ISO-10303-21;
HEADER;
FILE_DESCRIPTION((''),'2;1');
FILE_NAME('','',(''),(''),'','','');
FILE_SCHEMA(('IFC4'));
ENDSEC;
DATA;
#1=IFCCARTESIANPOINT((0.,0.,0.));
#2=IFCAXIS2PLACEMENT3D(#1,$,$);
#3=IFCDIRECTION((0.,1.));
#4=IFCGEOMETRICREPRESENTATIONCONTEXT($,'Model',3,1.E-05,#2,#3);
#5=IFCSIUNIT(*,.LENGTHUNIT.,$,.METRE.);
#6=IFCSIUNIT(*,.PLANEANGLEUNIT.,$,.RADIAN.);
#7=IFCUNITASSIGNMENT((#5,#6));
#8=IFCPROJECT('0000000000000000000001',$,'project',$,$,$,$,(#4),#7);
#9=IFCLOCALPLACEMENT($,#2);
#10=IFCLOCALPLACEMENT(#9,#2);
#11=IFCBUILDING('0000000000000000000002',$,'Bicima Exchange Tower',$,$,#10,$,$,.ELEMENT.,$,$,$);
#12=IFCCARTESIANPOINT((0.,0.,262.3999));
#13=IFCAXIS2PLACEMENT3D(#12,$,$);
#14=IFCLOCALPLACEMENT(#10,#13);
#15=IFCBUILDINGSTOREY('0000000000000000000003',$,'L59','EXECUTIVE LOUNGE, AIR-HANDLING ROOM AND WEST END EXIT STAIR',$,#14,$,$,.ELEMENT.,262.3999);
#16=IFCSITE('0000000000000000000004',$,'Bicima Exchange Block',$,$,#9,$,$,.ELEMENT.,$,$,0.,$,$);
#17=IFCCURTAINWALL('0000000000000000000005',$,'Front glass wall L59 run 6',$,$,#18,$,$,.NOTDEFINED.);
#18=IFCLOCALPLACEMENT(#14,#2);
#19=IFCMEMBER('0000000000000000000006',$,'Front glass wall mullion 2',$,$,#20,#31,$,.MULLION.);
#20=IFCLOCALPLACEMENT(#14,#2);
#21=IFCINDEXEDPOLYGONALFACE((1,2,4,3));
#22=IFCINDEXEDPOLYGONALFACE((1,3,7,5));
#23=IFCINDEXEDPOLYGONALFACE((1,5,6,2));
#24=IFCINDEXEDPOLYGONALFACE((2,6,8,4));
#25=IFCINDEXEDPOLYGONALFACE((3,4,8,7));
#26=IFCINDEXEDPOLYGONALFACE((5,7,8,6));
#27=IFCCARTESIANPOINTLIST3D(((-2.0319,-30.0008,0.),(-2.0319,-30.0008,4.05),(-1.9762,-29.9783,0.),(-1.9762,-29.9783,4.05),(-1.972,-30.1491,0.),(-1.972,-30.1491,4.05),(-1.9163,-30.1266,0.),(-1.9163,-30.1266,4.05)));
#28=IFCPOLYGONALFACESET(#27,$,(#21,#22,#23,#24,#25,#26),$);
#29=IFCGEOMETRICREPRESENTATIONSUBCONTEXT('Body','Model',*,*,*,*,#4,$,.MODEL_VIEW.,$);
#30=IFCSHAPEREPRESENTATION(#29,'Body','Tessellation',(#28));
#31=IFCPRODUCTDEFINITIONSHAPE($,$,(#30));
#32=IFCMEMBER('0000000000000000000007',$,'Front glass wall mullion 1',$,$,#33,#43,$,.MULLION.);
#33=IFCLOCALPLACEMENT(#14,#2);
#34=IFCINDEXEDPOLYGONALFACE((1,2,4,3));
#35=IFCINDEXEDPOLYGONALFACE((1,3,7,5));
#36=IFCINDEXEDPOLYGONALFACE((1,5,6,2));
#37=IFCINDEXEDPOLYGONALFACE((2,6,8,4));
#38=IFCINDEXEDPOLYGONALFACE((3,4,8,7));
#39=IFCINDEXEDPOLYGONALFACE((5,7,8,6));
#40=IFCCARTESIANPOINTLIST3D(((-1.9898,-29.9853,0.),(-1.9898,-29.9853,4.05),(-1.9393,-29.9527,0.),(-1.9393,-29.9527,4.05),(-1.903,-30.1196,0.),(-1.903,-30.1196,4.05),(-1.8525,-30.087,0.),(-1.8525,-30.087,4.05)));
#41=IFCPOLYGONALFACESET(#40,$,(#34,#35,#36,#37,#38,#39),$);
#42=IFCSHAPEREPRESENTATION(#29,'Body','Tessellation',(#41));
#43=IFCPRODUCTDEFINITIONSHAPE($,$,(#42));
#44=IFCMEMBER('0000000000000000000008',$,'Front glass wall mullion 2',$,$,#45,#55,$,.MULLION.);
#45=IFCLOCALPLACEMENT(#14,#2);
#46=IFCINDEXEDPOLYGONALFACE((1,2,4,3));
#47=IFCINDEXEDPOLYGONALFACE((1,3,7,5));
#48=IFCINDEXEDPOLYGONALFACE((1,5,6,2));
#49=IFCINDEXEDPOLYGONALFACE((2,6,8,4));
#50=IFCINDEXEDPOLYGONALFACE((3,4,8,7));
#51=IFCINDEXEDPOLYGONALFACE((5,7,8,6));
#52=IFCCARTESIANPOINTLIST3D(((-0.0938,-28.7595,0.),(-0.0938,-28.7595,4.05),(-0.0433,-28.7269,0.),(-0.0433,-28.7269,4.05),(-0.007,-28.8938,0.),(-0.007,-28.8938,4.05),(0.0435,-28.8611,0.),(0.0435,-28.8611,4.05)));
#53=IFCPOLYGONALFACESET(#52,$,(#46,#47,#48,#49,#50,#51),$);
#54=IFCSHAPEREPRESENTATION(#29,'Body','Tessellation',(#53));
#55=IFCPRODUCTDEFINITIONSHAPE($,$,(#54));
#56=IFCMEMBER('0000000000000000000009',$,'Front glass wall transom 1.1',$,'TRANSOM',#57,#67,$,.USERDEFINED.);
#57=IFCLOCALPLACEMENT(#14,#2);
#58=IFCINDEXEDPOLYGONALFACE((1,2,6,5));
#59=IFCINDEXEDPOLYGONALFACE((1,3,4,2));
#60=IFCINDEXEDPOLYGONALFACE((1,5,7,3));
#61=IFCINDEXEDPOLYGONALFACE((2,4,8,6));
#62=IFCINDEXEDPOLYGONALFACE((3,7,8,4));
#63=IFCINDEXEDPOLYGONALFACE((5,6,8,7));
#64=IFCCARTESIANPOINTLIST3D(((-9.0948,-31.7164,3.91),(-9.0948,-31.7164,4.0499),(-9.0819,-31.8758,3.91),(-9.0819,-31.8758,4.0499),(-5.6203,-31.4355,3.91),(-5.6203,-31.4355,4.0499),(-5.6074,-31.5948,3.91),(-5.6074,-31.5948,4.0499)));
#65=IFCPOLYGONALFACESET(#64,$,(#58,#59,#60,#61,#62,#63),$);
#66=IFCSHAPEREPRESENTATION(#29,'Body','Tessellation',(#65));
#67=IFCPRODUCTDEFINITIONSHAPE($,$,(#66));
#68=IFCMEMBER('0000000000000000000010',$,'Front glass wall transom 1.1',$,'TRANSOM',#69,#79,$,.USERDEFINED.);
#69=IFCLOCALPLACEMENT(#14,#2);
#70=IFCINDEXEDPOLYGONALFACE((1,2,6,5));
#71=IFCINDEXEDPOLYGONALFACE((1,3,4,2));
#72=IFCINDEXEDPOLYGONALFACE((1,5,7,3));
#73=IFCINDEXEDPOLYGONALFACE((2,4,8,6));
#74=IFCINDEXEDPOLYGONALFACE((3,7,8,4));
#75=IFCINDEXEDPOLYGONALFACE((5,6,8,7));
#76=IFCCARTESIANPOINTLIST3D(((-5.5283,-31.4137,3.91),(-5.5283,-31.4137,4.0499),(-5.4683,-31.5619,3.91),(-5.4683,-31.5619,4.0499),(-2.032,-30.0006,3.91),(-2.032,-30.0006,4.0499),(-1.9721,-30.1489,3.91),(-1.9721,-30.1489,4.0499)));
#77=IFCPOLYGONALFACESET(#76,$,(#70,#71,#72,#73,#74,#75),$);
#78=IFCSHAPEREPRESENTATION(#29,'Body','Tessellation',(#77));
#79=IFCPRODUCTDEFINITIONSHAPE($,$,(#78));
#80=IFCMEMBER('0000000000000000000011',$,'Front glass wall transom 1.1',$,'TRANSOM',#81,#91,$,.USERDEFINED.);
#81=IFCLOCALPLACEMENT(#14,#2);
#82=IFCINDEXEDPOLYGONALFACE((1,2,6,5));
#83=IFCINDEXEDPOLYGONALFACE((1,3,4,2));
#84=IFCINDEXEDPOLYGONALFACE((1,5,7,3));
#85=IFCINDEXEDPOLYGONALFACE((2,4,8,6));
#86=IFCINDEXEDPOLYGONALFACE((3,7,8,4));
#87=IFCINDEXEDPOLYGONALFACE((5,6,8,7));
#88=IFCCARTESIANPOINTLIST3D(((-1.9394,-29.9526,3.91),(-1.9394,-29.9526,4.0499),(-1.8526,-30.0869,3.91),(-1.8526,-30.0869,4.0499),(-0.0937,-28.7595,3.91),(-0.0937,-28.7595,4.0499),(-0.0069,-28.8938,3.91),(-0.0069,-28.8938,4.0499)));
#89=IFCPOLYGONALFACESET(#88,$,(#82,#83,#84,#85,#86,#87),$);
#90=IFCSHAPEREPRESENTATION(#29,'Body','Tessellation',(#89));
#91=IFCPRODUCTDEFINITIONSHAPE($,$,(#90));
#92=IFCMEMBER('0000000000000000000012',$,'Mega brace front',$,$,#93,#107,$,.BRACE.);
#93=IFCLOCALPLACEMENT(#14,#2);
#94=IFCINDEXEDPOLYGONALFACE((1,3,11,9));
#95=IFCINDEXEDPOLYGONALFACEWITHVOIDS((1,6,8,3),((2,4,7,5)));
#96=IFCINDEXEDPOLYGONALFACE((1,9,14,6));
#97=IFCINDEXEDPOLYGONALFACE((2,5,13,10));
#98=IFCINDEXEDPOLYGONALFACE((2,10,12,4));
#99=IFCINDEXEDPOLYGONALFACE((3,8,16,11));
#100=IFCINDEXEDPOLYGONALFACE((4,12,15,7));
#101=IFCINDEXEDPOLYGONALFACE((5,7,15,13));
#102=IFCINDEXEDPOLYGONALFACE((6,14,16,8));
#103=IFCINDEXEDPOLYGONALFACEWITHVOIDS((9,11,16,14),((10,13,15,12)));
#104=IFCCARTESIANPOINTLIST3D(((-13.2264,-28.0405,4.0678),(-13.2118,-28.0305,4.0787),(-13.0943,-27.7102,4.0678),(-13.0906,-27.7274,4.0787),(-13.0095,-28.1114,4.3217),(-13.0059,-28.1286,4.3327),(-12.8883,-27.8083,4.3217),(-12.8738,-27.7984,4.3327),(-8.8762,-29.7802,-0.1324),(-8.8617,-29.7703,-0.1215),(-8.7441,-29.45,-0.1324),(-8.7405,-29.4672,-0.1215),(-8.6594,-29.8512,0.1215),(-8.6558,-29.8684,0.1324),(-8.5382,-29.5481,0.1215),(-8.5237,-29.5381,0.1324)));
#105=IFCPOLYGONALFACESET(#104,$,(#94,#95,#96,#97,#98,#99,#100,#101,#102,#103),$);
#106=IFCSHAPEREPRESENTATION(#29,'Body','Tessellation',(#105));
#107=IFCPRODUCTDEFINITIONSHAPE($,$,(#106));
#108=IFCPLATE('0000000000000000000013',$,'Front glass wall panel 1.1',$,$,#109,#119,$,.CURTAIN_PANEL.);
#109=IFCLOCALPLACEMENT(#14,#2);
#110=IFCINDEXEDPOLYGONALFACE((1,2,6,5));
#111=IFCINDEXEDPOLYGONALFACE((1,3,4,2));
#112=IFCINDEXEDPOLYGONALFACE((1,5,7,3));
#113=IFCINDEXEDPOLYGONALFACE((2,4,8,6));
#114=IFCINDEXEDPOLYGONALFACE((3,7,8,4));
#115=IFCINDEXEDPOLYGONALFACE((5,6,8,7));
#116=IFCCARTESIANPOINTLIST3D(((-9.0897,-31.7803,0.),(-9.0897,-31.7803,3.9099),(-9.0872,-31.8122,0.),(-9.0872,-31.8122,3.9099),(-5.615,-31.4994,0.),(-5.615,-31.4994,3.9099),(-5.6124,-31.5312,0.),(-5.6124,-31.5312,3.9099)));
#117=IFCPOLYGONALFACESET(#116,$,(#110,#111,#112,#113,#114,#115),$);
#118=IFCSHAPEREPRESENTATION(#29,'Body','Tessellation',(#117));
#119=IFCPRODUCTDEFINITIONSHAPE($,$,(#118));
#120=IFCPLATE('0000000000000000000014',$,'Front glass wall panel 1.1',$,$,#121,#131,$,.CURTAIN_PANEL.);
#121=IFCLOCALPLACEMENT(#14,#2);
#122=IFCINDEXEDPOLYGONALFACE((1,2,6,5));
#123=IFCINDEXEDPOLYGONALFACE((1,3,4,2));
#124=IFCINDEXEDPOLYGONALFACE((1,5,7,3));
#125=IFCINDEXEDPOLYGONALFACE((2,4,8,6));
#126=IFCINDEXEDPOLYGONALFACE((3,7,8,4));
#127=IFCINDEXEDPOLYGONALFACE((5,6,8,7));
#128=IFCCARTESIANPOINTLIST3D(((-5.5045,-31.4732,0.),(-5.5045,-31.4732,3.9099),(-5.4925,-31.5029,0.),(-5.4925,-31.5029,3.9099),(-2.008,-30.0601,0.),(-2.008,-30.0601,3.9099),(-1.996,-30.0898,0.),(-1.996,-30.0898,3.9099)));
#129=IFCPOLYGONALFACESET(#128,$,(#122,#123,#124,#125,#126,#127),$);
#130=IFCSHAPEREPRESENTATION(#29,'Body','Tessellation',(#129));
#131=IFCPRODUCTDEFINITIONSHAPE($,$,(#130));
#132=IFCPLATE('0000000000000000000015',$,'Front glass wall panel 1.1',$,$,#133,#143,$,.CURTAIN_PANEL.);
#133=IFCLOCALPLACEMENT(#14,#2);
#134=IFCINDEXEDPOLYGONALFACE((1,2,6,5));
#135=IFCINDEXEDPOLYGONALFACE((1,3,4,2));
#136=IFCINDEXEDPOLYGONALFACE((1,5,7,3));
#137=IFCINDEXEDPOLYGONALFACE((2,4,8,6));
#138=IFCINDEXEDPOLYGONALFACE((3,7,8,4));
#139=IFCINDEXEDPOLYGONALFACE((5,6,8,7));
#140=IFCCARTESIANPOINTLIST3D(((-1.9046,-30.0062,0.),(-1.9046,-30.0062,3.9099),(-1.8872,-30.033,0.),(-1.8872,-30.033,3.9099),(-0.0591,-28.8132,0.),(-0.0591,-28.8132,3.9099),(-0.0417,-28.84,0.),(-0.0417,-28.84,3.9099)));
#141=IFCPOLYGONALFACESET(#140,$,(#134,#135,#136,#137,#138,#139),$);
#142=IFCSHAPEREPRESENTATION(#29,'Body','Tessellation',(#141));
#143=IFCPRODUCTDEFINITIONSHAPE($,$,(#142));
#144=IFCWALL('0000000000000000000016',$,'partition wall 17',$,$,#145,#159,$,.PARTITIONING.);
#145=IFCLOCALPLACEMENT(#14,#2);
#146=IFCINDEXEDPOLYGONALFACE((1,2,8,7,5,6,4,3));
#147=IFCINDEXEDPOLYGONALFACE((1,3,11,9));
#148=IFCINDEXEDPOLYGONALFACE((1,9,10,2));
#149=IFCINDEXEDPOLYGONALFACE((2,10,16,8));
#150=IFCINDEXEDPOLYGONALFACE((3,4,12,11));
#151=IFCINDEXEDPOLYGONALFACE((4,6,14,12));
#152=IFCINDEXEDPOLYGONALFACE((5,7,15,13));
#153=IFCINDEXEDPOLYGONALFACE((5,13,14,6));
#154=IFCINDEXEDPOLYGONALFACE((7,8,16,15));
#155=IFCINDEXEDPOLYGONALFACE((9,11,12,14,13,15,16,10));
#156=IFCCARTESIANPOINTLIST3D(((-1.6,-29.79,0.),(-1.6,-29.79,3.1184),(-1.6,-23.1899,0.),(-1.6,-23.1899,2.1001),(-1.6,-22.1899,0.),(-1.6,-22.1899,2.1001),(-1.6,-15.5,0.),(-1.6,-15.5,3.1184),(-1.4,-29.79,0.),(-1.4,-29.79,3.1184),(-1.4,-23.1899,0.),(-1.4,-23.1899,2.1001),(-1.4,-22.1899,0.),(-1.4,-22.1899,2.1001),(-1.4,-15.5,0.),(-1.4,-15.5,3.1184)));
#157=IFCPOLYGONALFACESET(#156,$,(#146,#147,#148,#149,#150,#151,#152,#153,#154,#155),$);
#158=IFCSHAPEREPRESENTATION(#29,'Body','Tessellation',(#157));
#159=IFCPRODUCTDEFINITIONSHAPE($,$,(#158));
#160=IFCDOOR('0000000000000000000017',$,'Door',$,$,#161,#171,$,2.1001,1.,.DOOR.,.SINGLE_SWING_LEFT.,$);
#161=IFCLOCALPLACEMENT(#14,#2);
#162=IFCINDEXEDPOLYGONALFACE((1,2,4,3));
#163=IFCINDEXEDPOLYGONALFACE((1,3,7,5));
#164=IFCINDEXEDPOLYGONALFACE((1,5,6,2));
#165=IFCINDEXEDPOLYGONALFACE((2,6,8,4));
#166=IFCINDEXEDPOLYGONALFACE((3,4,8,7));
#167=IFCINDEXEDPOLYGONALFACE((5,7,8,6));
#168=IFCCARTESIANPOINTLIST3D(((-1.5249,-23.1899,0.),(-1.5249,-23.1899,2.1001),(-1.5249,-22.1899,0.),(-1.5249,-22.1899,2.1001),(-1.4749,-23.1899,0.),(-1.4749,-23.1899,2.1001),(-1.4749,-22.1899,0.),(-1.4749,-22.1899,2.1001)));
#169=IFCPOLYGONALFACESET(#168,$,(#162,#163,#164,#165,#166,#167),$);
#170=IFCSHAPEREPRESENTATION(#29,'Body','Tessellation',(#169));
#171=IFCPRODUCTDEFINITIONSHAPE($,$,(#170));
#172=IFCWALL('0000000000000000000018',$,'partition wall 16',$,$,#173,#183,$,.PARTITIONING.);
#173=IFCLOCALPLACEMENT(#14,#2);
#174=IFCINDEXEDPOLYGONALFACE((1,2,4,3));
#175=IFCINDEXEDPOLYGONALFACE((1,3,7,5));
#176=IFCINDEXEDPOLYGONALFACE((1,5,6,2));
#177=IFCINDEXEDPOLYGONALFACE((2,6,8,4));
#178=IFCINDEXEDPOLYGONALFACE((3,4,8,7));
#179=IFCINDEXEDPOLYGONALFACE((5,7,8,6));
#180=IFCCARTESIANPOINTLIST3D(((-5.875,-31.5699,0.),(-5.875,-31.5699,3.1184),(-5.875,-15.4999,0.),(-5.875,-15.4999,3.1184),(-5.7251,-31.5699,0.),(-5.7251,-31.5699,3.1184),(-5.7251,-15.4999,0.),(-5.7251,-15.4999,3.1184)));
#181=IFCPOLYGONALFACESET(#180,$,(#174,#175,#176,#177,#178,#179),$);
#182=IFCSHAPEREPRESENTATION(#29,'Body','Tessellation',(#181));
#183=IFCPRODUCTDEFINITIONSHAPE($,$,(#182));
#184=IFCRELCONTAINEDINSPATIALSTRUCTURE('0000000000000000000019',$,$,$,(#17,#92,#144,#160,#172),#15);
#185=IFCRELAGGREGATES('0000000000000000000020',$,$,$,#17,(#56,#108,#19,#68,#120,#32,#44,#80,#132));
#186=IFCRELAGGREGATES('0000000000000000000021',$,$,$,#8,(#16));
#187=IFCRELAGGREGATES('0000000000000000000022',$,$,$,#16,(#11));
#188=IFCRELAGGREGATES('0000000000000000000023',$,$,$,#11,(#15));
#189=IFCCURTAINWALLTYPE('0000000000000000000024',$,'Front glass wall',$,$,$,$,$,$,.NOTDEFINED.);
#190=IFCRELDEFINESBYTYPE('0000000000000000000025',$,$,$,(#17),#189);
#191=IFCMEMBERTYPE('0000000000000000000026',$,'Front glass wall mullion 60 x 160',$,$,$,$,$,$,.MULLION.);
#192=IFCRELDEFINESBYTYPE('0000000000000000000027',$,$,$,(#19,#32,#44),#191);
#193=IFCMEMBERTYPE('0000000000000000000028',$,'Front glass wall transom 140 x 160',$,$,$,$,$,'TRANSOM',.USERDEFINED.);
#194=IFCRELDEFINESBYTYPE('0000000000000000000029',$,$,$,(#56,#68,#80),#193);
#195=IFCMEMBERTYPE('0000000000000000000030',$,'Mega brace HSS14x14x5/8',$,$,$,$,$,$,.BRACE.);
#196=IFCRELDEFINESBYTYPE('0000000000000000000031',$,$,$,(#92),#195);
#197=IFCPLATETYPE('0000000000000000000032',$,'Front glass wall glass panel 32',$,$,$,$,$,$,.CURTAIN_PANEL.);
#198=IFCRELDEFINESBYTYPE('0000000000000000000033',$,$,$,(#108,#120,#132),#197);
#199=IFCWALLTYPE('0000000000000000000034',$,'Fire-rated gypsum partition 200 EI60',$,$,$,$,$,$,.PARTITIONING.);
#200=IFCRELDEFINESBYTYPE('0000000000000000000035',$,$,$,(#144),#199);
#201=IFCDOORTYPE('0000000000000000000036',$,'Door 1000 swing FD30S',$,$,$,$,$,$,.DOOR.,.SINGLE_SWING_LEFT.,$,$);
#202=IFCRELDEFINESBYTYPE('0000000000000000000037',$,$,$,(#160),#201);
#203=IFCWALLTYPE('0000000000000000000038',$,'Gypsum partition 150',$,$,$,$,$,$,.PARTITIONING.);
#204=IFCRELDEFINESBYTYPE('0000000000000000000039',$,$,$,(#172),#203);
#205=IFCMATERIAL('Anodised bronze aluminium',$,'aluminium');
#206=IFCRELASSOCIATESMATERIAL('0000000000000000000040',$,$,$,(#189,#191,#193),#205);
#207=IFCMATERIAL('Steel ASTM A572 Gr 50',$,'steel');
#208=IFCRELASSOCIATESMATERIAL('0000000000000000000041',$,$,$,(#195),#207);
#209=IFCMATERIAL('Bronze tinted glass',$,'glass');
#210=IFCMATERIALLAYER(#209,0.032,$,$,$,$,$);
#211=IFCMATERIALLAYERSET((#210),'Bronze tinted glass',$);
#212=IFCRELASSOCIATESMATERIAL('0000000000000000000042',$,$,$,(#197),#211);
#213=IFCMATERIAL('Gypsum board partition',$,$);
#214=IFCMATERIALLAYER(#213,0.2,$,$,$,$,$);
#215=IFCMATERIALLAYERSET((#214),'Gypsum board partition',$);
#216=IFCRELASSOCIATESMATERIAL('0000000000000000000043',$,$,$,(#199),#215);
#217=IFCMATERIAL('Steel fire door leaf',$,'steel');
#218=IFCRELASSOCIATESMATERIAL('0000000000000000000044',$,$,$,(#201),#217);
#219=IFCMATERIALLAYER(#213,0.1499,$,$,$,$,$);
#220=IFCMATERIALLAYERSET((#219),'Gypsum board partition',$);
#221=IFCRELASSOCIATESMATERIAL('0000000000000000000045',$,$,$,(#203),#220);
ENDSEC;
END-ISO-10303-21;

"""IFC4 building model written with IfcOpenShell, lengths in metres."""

from ifc_helpers import new_model, si_unit, direction, frame, frame_2d, origin, origin_2d, place, context, subcontext, project, spatial, rectangle, hollow_rectangle, extrude, material, layer, layer_set, material_profile, profile_set, type_object, element, fill, aggregate, save


model = new_model("IFC4")

# Units and contexts
model_context = context("Model", 3, precision=1e-05, world=origin(), true_north=direction((0.0, 1.0)))
body_context = subcontext(model_context, "Body", "Model", "MODEL_VIEW")
ifc_project = project(units=[si_unit("LENGTHUNIT", "METRE"), si_unit("PLANEANGLEUNIT", "RADIAN")], contexts=[model_context])

# Site, building, storey
site_placement = place(None, origin())
site = spatial("IfcSite", under=ifc_project, at=site_placement, Name="Bicima Exchange Block", CompositionType="ELEMENT", RefElevation=0.0)
building_placement = place(site_placement, origin())
building = spatial("IfcBuilding", under=site, at=building_placement, Name="Bicima Exchange Tower", CompositionType="ELEMENT")
storey_placement = place(building_placement, frame((0.0, 0.0, 262.3999)))
storey = spatial("IfcBuildingStorey", under=building, at=storey_placement, Name="L59", Description="EXECUTIVE LOUNGE, AIR-HANDLING ROOM AND WEST END EXIT STAIR", CompositionType="ELEMENT", Elevation=262.3999)

# Curtain wall, members
ifc_material_1 = material(Name="Anodised bronze aluminium", Category="aluminium")
curtain_wall_type = type_object("IfcCurtainWallType", Name="Front glass wall", PredefinedType="NOTDEFINED", material=ifc_material_1)
curtain_wall_placement = place(storey_placement, origin())
curtain_wall = element("IfcCurtainWall", 1, at=curtain_wall_placement, inside=storey, type_object=curtain_wall_type, Name="Front glass wall L59 run 6", PredefinedType="NOTDEFINED")
ifc_material_profile_1 = material_profile(ifc_material_1, rectangle(XDim=0.1599, YDim=0.0601, at=origin_2d()))
ifc_profile_set_1 = profile_set([ifc_material_profile_1], Name="Anodised bronze aluminium")
member_type_1 = type_object("IfcMemberType", Name="Front glass wall mullion 60 x 160", PredefinedType="MULLION", material=ifc_profile_set_1)
member_1_placement = place(storey_placement, frame((-1.9741, -30.0637, 0.0), z_axis=(0.0, 0.0, 1.0), x_axis=(-0.374705, 0.927144, 0.0)))
member_1 = element("IfcMember", 2, at=member_1_placement, type_object=member_type_1, Name="Front glass wall mullion 2", PredefinedType="MULLION", context=body_context, shape_type="SweptSolid", body=[
    extrude(rectangle(XDim=0.1599, YDim=0.0601, at=origin_2d()), origin(), (0.0, 0.0, 1.0), 4.05),
])
member_2_placement = place(storey_placement, frame((-1.9211, -30.0361, 0.0), z_axis=(0.0, 0.0, 1.0), x_axis=(-0.542897, 0.839799, 0.0)))
member_2 = element("IfcMember", 3, at=member_2_placement, type_object=member_type_1, Name="Front glass wall mullion 1", PredefinedType="MULLION", context=body_context, shape_type="SweptSolid", body=[
    extrude(rectangle(XDim=0.1599, YDim=0.0601, at=origin_2d()), origin(), (0.0, 0.0, 1.0), 4.05),
])
member_3_placement = place(storey_placement, frame((-0.0251, -28.8103, 0.0), z_axis=(0.0, 0.0, 1.0), x_axis=(-0.542897, 0.839799, 0.0)))
member_3 = element("IfcMember", 4, at=member_3_placement, type_object=member_type_1, Name="Front glass wall mullion 2", PredefinedType="MULLION", context=body_context, shape_type="SweptSolid", body=[
    extrude(rectangle(XDim=0.1599, YDim=0.0601, at=origin_2d()), origin(), (0.0, 0.0, 1.0), 4.05),
])
ifc_material_profile_2 = material_profile(ifc_material_1, rectangle(XDim=0.1599, YDim=0.1399, at=origin_2d()))
ifc_profile_set_2 = profile_set([ifc_material_profile_2], Name="Anodised bronze aluminium")
member_type_2 = type_object("IfcMemberType", Name="Front glass wall transom 140 x 160", ElementType="TRANSOM", PredefinedType="USERDEFINED", material=ifc_profile_set_2)
member_4_placement = place(storey_placement, frame((-9.0884, -31.7961, 3.98), z_axis=(0.996746, 0.080611, 0.0), x_axis=(-0.080611, 0.996746, 0.0)))
member_4 = element("IfcMember", 5, at=member_4_placement, type_object=member_type_2, Name="Front glass wall transom 1.1", ObjectType="TRANSOM", PredefinedType="USERDEFINED", context=body_context, shape_type="SweptSolid", body=[
    extrude(rectangle(XDim=0.1599, YDim=0.1399, at=origin_2d()), origin(), (0.0, 0.0, 1.0), 3.4858),
])
member_5_placement = place(storey_placement, frame((-5.4983, -31.4878, 3.98), z_axis=(0.92714, 0.374715, 0.0), x_axis=(-0.374715, 0.92714, 0.0)))
member_5 = element("IfcMember", 6, at=member_5_placement, type_object=member_type_2, Name="Front glass wall transom 1.1", ObjectType="TRANSOM", PredefinedType="USERDEFINED", context=body_context, shape_type="SweptSolid", body=[
    extrude(rectangle(XDim=0.1599, YDim=0.1399, at=origin_2d()), origin(), (0.0, 0.0, 1.0), 3.771),
])
member_6_placement = place(storey_placement, frame((-1.896, -30.0198, 3.98), z_axis=(0.839811, 0.542878, 0.0), x_axis=(-0.542878, 0.839811, 0.0)))
member_6 = element("IfcMember", 7, at=member_6_placement, type_object=member_type_2, Name="Front glass wall transom 1.1", ObjectType="TRANSOM", PredefinedType="USERDEFINED", context=body_context, shape_type="SweptSolid", body=[
    extrude(rectangle(XDim=0.1599, YDim=0.1399, at=origin_2d()), origin(), (0.0, 0.0, 1.0), 2.1978),
])

# Member
ifc_material_2 = material(Name="Steel ASTM A572 Gr 50", Category="steel")
ifc_material_profile_3 = material_profile(ifc_material_2, hollow_rectangle(XDim=0.3557, YDim=0.3557, WallThickness=0.0146, at=origin_2d()))
ifc_profile_set_3 = profile_set([ifc_material_profile_3], Name="Steel ASTM A572 Gr 50")
member_type_3 = type_object("IfcMemberType", Name="Mega brace HSS14x14x5/8", PredefinedType="BRACE", material=ifc_profile_set_3)
member_7_placement = place(storey_placement, frame((-8.7, -29.6592, 0.0), z_axis=(-0.691348, 0.276493, 0.667525), x_axis=(-0.371337, -0.928498, 0.0)))
element("IfcMember", 8, at=member_7_placement, inside=storey, type_object=member_type_3, Name="Mega brace front", PredefinedType="BRACE", context=body_context, shape_type="SweptSolid", body=[
    extrude(hollow_rectangle(XDim=0.3557, YDim=0.3557, WallThickness=0.0146, at=origin_2d()), origin(), (0.0, 0.0, 1.0), 6.2922),
])

# Plates
ifc_material_3 = material(Name="Bronze tinted glass", Category="glass")
ifc_layer_1 = layer(ifc_material_3, 0.032)
ifc_layer_set_1 = layer_set([ifc_layer_1], Name="Bronze tinted glass")
plate_type = type_object("IfcPlateType", Name="Front glass wall glass panel 32", PredefinedType="CURTAIN_PANEL", material=ifc_layer_set_1)
plate_1_placement = place(storey_placement, frame((-7.3511, -31.6558, 0.0), z_axis=(0.0, 0.0, 1.0), x_axis=(0.996747, 0.080589, 0.0)))
plate_1 = element("IfcPlate", 9, at=plate_1_placement, type_object=plate_type, Name="Front glass wall panel 1.1", PredefinedType="CURTAIN_PANEL", context=body_context, shape_type="SweptSolid", body=[
    extrude(rectangle(XDim=3.4861, YDim=0.032, at=origin_2d()), origin(), (0.0, 0.0, 1.0), 3.9099),
])
plate_2_placement = place(storey_placement, frame((-3.7502, -30.7815, 0.0), z_axis=(0.0, 0.0, 1.0), x_axis=(0.927144, 0.374705, 0.0)))
plate_2 = element("IfcPlate", 10, at=plate_2_placement, type_object=plate_type, Name="Front glass wall panel 1.1", PredefinedType="CURTAIN_PANEL", context=body_context, shape_type="SweptSolid", body=[
    extrude(rectangle(XDim=3.7712, YDim=0.032, at=origin_2d()), origin(), (0.0, 0.0, 1.0), 3.9099),
])
plate_3_placement = place(storey_placement, frame((-0.9731, -29.4231, 0.0), z_axis=(0.0, 0.0, 1.0), x_axis=(0.839799, 0.542897, 0.0)))
plate_3 = element("IfcPlate", 11, at=plate_3_placement, type_object=plate_type, Name="Front glass wall panel 1.1", PredefinedType="CURTAIN_PANEL", context=body_context, shape_type="SweptSolid", body=[
    extrude(rectangle(XDim=2.1975, YDim=0.032, at=origin_2d()), origin(), (0.0, 0.0, 1.0), 3.9099),
])
aggregate(curtain_wall, [member_4, plate_1, member_1, member_5, plate_2, member_2, member_3, member_6, plate_3])

# Wall, opening, door
ifc_material_4 = material(Name="Gypsum board partition")
ifc_layer_2 = layer(ifc_material_4, 0.2)
ifc_layer_set_2 = layer_set([ifc_layer_2], Name="Gypsum board partition")
wall_type_1 = type_object("IfcWallType", Name="Fire-rated gypsum partition 200 EI60", PredefinedType="PARTITIONING", material=ifc_layer_set_2)
wall_1_placement = place(storey_placement, frame((-1.5, -29.79, 0.0), z_axis=(0.0, 0.0, 1.0), x_axis=(0.0, 1.0, 0.0)))
wall_1 = element("IfcWall", 12, at=wall_1_placement, inside=storey, type_object=wall_type_1, Name="partition wall 17", PredefinedType="PARTITIONING", context=body_context, shape_type="SweptSolid", body=[
    extrude(rectangle(XDim=14.29, YDim=0.2, at=frame_2d((7.145, 0.0))), origin(), (0.0, 0.0, 1.0), 3.1184),
])
opening_placement = place(wall_1_placement, frame((6.6001, 0.0, 0.0)))
opening = element("IfcOpeningElement", 13, at=opening_placement, cuts=wall_1, PredefinedType="OPENING", context=body_context, shape_type="SweptSolid", body=[
    extrude(rectangle(XDim=1.0, YDim=2.1001, at=frame_2d((0.5, 1.05))), frame((0.0, 0.1118, 0.0), z_axis=(0.0, -1.0, 0.0), x_axis=(1.0, 0.0, 0.0)), (0.0, 0.0, 1.0), 0.2239),
])
ifc_material_5 = material(Name="Steel fire door leaf", Category="steel")
door_type = type_object("IfcDoorType", Name="Door 1000 swing FD30S", OperationType="SINGLE_SWING_LEFT", PredefinedType="DOOR", material=ifc_material_5)
door_placement = place(opening_placement, origin())
door = element("IfcDoor", 14, at=door_placement, inside=storey, type_object=door_type, Name="Door", OperationType="SINGLE_SWING_LEFT", OverallHeight=2.1001, OverallWidth=1.0, PredefinedType="DOOR", context=body_context, shape_type="SweptSolid", body=[
    extrude(rectangle(XDim=1.0, YDim=2.1001, at=frame_2d((0.5, 1.05))), frame((0.0, 0.0249, 0.0), z_axis=(0.0, -1.0, 0.0), x_axis=(1.0, 0.0, 0.0)), (0.0, 0.0, 1.0), 0.05),
])
fill(opening, door)

# Wall
ifc_layer_3 = layer(ifc_material_4, 0.1499)
ifc_layer_set_3 = layer_set([ifc_layer_3], Name="Gypsum board partition")
wall_type_2 = type_object("IfcWallType", Name="Gypsum partition 150", PredefinedType="PARTITIONING", material=ifc_layer_set_3)
wall_2_placement = place(storey_placement, frame((-5.8, -31.5701, 0.0), z_axis=(0.0, 0.0, 1.0), x_axis=(0.0, 1.0, 0.0)))
element("IfcWall", 15, at=wall_2_placement, inside=storey, type_object=wall_type_2, Name="partition wall 16", PredefinedType="PARTITIONING", context=body_context, shape_type="SweptSolid", body=[
    extrude(rectangle(XDim=16.0701, YDim=0.1499, at=frame_2d((8.0352, 0.0))), origin(), (0.0, 0.0, 1.0), 3.1184),
])

save(model, "model.ifc")
